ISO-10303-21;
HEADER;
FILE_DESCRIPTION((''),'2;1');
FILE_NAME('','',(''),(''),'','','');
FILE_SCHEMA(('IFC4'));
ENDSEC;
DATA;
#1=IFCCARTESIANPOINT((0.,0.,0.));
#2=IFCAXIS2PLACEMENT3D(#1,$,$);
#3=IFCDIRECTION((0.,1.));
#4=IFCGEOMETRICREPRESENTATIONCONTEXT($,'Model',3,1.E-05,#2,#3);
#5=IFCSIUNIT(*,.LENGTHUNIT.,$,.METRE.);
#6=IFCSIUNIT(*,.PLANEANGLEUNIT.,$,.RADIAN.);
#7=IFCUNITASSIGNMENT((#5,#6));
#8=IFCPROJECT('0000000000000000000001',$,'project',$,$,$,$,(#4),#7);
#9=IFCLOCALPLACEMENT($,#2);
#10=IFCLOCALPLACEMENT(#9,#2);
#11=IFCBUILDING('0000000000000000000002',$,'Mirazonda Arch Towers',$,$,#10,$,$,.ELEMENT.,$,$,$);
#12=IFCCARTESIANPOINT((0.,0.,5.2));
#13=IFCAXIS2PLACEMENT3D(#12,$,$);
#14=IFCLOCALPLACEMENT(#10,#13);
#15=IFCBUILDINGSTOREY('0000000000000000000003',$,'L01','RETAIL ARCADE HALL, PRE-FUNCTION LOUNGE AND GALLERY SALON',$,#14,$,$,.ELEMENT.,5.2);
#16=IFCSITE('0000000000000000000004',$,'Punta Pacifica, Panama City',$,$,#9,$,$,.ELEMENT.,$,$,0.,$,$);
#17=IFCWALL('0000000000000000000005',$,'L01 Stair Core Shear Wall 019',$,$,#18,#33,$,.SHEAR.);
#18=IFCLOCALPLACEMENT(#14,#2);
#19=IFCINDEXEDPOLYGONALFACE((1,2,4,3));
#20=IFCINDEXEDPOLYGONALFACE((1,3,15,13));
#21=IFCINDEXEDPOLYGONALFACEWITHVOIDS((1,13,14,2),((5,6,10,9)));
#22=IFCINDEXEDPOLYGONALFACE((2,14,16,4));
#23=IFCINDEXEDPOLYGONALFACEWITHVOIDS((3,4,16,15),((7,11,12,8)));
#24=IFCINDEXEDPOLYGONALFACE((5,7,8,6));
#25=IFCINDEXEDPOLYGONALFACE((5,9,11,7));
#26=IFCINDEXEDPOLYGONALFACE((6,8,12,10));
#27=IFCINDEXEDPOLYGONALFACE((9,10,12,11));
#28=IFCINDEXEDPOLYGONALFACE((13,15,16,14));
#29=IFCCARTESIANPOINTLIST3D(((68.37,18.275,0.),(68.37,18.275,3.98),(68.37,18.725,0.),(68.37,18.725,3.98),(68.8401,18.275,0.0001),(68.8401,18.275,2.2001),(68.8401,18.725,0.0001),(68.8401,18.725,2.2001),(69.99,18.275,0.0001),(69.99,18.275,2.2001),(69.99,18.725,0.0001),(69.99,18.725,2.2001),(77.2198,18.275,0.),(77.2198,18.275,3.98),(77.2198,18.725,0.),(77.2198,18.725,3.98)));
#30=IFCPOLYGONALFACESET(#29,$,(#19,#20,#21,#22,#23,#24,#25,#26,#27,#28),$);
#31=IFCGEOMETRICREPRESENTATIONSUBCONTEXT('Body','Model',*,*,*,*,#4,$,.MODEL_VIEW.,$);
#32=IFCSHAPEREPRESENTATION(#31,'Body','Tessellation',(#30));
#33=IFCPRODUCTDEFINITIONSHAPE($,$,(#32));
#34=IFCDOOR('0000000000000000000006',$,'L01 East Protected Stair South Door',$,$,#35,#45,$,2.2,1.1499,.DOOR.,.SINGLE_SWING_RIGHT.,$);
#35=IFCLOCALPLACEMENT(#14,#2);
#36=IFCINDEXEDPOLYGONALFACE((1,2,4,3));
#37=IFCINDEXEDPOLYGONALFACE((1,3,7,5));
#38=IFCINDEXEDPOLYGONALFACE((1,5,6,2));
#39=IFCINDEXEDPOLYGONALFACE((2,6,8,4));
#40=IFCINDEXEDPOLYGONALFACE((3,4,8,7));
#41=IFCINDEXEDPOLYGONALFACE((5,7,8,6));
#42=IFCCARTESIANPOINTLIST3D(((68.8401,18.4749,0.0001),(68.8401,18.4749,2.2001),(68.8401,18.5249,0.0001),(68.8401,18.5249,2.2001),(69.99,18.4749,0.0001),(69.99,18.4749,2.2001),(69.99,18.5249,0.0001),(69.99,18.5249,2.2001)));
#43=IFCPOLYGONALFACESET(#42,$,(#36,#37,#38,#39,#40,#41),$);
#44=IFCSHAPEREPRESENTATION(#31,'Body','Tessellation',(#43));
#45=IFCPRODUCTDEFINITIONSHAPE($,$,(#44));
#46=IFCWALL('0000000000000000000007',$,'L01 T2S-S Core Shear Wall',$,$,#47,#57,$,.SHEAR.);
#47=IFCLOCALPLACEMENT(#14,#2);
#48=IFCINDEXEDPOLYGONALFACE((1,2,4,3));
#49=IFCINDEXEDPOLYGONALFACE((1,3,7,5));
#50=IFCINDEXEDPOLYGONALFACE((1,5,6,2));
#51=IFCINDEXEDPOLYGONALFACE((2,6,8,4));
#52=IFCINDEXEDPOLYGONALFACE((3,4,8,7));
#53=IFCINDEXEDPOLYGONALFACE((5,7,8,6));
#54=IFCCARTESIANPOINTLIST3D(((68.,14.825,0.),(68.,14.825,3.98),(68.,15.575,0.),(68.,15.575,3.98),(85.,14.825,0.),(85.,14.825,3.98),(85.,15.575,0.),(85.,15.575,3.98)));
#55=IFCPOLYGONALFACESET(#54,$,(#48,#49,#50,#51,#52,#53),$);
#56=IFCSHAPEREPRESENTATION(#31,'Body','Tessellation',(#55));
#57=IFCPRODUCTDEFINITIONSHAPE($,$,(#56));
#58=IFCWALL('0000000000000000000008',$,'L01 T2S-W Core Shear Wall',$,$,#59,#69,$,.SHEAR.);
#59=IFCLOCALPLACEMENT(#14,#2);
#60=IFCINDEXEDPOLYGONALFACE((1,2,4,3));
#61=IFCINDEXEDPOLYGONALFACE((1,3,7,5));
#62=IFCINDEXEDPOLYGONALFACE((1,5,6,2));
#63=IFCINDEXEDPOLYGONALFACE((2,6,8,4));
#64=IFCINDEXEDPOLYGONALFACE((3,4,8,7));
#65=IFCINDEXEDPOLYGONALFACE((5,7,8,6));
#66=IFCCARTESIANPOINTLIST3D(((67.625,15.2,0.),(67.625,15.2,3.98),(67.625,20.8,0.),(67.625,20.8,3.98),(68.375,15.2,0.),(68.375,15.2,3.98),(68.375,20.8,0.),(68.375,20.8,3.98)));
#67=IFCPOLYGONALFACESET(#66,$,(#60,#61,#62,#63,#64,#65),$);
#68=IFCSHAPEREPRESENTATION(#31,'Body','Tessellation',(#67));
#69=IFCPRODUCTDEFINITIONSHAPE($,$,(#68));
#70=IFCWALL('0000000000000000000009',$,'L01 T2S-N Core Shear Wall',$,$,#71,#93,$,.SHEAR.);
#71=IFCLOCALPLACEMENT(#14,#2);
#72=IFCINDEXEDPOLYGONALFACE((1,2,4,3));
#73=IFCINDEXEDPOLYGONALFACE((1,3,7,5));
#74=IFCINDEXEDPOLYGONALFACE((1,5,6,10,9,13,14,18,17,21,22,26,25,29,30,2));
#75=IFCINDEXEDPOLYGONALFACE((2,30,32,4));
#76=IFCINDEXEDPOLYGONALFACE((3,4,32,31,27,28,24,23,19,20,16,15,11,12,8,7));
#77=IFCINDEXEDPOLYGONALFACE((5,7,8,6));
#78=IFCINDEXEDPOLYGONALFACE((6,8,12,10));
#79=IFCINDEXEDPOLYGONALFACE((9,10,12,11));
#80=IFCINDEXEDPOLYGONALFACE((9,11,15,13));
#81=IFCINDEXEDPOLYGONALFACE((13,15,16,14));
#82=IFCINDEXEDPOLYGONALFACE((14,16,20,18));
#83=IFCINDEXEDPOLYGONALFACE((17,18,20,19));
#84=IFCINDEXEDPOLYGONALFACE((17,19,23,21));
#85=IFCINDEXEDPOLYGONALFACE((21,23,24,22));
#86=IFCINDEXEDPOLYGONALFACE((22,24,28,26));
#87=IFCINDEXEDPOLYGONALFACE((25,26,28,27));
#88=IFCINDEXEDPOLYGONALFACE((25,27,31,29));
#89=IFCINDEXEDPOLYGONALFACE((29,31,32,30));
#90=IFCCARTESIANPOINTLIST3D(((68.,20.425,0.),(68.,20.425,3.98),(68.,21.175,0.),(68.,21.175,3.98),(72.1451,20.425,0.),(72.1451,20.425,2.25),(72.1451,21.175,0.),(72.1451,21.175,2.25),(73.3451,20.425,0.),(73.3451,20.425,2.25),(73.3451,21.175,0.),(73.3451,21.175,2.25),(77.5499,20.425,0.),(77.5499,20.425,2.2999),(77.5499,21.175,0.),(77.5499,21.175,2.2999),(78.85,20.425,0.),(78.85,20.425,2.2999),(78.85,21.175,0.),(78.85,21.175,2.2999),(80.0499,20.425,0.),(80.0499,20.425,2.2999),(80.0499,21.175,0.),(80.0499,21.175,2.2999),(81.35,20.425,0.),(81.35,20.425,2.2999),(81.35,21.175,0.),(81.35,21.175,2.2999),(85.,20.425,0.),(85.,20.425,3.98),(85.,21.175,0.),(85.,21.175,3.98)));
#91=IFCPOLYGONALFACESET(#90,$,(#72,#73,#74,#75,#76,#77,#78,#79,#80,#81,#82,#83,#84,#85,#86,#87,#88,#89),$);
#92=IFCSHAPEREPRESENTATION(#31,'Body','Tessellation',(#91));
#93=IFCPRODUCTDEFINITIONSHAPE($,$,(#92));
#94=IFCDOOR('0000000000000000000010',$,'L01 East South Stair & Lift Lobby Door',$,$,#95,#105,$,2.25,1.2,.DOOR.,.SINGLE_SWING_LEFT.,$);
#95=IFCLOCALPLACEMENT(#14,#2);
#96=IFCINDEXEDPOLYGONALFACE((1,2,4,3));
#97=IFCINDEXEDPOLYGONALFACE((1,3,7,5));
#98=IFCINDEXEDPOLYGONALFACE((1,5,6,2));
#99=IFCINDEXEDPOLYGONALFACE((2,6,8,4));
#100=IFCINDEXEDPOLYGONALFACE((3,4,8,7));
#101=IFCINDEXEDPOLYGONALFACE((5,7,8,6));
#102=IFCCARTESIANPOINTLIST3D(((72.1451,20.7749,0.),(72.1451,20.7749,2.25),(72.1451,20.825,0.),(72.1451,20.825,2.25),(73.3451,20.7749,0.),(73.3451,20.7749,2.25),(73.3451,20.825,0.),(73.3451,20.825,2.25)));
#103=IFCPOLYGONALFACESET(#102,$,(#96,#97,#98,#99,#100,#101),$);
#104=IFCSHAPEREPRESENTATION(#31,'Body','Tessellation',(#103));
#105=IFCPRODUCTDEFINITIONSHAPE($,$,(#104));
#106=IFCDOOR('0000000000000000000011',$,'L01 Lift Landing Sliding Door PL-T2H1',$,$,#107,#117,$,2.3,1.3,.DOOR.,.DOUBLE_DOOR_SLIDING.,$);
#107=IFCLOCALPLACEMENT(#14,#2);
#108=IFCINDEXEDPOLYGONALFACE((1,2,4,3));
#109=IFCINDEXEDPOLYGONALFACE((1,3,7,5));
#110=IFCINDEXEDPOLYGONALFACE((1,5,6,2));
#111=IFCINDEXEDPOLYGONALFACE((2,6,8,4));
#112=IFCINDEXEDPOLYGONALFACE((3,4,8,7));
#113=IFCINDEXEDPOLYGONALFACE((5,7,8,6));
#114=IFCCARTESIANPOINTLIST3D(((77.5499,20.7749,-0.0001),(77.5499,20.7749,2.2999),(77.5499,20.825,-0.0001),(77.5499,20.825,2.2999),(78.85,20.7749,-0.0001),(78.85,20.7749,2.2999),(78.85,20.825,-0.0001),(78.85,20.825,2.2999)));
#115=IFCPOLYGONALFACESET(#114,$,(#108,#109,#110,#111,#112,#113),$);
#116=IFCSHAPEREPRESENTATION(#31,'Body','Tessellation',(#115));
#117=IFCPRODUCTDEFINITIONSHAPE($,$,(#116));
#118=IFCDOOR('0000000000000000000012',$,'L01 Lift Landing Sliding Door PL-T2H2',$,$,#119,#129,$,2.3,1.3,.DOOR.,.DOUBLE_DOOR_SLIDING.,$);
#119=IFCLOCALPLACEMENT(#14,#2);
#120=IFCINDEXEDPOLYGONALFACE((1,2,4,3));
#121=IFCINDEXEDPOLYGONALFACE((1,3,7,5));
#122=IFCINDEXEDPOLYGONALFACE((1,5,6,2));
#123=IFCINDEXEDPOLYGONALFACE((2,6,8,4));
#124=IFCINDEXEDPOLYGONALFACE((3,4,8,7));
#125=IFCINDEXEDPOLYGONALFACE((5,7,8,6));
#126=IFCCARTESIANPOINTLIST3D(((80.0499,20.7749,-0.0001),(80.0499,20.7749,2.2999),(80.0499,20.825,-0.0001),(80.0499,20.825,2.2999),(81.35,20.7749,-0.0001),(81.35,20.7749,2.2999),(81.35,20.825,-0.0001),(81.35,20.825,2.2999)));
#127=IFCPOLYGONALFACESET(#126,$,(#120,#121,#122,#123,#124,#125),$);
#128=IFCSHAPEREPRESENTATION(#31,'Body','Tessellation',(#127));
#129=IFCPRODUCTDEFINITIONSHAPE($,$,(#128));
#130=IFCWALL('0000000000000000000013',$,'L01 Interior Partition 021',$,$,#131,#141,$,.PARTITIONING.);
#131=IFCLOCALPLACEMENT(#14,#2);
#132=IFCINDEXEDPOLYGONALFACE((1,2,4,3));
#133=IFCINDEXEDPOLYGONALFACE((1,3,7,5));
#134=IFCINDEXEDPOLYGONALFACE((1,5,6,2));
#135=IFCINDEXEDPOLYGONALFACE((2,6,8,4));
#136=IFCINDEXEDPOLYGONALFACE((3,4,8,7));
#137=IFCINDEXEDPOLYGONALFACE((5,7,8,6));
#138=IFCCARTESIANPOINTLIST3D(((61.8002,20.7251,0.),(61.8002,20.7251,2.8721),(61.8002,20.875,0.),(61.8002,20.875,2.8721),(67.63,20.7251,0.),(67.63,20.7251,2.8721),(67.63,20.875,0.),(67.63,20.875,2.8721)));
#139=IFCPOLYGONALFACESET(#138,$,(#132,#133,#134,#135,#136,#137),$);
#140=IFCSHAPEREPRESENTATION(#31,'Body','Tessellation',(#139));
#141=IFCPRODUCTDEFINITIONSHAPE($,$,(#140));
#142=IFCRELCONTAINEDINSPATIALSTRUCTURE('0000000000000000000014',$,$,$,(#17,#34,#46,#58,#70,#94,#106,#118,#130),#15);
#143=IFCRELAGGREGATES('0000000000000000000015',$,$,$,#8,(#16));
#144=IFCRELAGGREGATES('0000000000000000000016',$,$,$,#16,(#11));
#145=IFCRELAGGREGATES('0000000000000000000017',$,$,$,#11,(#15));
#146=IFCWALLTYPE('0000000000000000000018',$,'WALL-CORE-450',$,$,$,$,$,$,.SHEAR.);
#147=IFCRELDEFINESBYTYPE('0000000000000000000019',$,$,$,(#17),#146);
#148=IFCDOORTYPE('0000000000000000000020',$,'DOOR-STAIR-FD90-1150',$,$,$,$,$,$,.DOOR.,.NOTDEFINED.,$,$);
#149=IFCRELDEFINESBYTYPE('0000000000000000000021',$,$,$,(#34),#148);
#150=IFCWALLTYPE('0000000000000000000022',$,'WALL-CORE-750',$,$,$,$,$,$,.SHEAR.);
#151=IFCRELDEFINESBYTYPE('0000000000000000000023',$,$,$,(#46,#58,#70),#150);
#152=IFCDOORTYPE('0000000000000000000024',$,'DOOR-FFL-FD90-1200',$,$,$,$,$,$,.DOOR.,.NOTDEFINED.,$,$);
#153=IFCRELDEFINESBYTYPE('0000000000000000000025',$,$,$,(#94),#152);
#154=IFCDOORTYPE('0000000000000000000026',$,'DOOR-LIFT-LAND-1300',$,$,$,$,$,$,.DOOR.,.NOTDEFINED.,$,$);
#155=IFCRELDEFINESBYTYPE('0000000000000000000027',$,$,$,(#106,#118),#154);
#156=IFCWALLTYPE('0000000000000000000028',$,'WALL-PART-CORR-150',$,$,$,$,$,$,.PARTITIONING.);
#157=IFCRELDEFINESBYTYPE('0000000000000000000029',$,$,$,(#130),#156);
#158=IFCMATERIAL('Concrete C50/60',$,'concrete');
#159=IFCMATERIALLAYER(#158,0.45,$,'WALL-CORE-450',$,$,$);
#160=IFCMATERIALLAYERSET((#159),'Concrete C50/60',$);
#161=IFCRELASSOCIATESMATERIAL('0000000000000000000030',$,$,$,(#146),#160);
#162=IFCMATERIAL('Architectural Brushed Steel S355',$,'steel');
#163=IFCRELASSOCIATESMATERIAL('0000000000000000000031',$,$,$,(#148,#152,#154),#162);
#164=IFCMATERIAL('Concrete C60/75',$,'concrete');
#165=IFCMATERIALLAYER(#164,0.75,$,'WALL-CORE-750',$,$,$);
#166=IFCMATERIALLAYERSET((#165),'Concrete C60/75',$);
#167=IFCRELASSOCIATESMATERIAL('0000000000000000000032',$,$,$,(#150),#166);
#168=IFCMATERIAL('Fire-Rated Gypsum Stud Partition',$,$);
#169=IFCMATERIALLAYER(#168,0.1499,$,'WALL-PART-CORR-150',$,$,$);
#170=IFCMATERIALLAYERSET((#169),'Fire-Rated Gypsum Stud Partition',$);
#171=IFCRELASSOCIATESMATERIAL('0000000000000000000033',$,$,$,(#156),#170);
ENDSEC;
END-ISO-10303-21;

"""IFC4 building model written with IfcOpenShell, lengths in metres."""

from ifc_helpers import new_model, si_unit, direction, frame, frame_2d, origin, place, context, subcontext, project, spatial, rectangle, extrude, material, layer, layer_set, type_object, element, fill, save


model = new_model("IFC4")

# Units and contexts
model_context = context("Model", 3, precision=1e-05, world=origin(), true_north=direction((0.0, 1.0)))
body_context = subcontext(model_context, "Body", "Model", "MODEL_VIEW")
ifc_project = project(units=[si_unit("LENGTHUNIT", "METRE"), si_unit("PLANEANGLEUNIT", "RADIAN")], contexts=[model_context])

# Site, building, storey
site_placement = place(None, origin())
site = spatial("IfcSite", under=ifc_project, at=site_placement, Name="Punta Pacifica, Panama City", CompositionType="ELEMENT", RefElevation=0.0)
building_placement = place(site_placement, origin())
building = spatial("IfcBuilding", under=site, at=building_placement, Name="Mirazonda Arch Towers", CompositionType="ELEMENT")
storey_placement = place(building_placement, frame((0.0, 0.0, 5.2)))
storey = spatial("IfcBuildingStorey", under=building, at=storey_placement, Name="L01", Description="RETAIL ARCADE HALL, PRE-FUNCTION LOUNGE AND GALLERY SALON", CompositionType="ELEMENT", Elevation=5.2)

# Shared definitions
ifc_material_1 = material(Name="Concrete C60/75", Category="concrete")

# Wall, opening, door
ifc_material_2 = material(Name="Concrete C50/60", Category="concrete")
ifc_layer_1 = layer(ifc_material_2, 0.45, Name="WALL-CORE-450")
ifc_layer_set_1 = layer_set([ifc_layer_1], Name="Concrete C50/60")
wall_type_1 = type_object("IfcWallType", Name="WALL-CORE-450", PredefinedType="SHEAR", material=ifc_layer_set_1)
wall_1_placement = place(storey_placement, frame((68.3701, 18.5, 0.0), z_axis=(0.0, 0.0, 1.0), x_axis=(1.0, 0.0, 0.0)))
wall_1 = element("IfcWall", 1, at=wall_1_placement, inside=storey, type_object=wall_type_1, Name="L01 Stair Core Shear Wall 019", PredefinedType="SHEAR", context=body_context, shape_type="SweptSolid", body=[
    extrude(rectangle(XDim=8.8499, YDim=0.45, at=frame_2d((4.4248, 0.0))), origin(), (0.0, 0.0, 1.0), 3.98),
])
opening_1_placement = place(wall_1_placement, frame((0.47, 0.0, 0.0)))
opening_1 = element("IfcOpeningElement", 2, at=opening_1_placement, cuts=wall_1, PredefinedType="OPENING", context=body_context, shape_type="SweptSolid", body=[
    extrude(rectangle(XDim=1.1499, YDim=2.2, at=frame_2d((0.575, 1.1001))), frame((0.0, 0.2349, 0.0), z_axis=(0.0, -1.0, 0.0), x_axis=(1.0, 0.0, 0.0)), (0.0, 0.0, 1.0), 0.47),
])
ifc_material_3 = material(Name="Architectural Brushed Steel S355", Category="steel")
door_type_1 = type_object("IfcDoorType", Name="DOOR-STAIR-FD90-1150", OperationType="NOTDEFINED", PredefinedType="DOOR", material=ifc_material_3)
door_1_placement = place(opening_1_placement, origin())
door_1 = element("IfcDoor", 3, at=door_1_placement, inside=storey, type_object=door_type_1, Name="L01 East Protected Stair South Door", OperationType="SINGLE_SWING_RIGHT", OverallHeight=2.2, OverallWidth=1.1499, PredefinedType="DOOR", context=body_context, shape_type="SweptSolid", body=[
    extrude(rectangle(XDim=1.1499, YDim=2.2, at=frame_2d((0.575, 1.1001))), frame((0.0, 0.0249, 0.0), z_axis=(0.0, -1.0, 0.0), x_axis=(1.0, 0.0, 0.0)), (0.0, 0.0, 1.0), 0.05),
])
fill(opening_1, door_1)

# Walls
ifc_layer_2 = layer(ifc_material_1, 0.75, Name="WALL-CORE-750")
ifc_layer_set_2 = layer_set([ifc_layer_2], Name="Concrete C60/75")
wall_type_2 = type_object("IfcWallType", Name="WALL-CORE-750", PredefinedType="SHEAR", material=ifc_layer_set_2)
wall_2_placement = place(storey_placement, frame((68.0, 15.2, 0.0), z_axis=(0.0, 0.0, 1.0), x_axis=(1.0, 0.0, 0.0)))
element("IfcWall", 4, at=wall_2_placement, inside=storey, type_object=wall_type_2, Name="L01 T2S-S Core Shear Wall", PredefinedType="SHEAR", context=body_context, shape_type="SweptSolid", body=[
    extrude(rectangle(XDim=17.0, YDim=0.75, at=frame_2d((8.5, 0.0))), origin(), (0.0, 0.0, 1.0), 3.98),
])
wall_3_placement = place(storey_placement, frame((68.0, 15.2, 0.0), z_axis=(0.0, 0.0, 1.0), x_axis=(0.0, 1.0, 0.0)))
element("IfcWall", 5, at=wall_3_placement, inside=storey, type_object=wall_type_2, Name="L01 T2S-W Core Shear Wall", PredefinedType="SHEAR", context=body_context, shape_type="SweptSolid", body=[
    extrude(rectangle(XDim=5.6001, YDim=0.75, at=frame_2d((2.8, 0.0))), origin(), (0.0, 0.0, 1.0), 3.98),
])

# Wall, openings, doors
wall_4_placement = place(storey_placement, frame((68.0, 20.8, 0.0), z_axis=(0.0, 0.0, 1.0), x_axis=(1.0, 0.0, 0.0)))
wall_4 = element("IfcWall", 6, at=wall_4_placement, inside=storey, type_object=wall_type_2, Name="L01 T2S-N Core Shear Wall", PredefinedType="SHEAR", context=body_context, shape_type="SweptSolid", body=[
    extrude(rectangle(XDim=17.0, YDim=0.75, at=frame_2d((8.5, 0.0))), origin(), (0.0, 0.0, 1.0), 3.98),
])
opening_2_placement = place(wall_4_placement, frame((4.145, 0.0, 0.0)))
opening_2 = element("IfcOpeningElement", 7, at=opening_2_placement, cuts=wall_4, PredefinedType="OPENING", context=body_context, shape_type="SweptSolid", body=[
    extrude(rectangle(XDim=1.2, YDim=2.25, at=frame_2d((0.6001, 1.125))), frame((0.0, 0.385, 0.0), z_axis=(0.0, -1.0, 0.0), x_axis=(1.0, 0.0, 0.0)), (0.0, 0.0, 1.0), 0.77),
])
opening_3_placement = place(wall_4_placement, frame((9.55, 0.0, 0.0)))
opening_3 = element("IfcOpeningElement", 8, at=opening_3_placement, cuts=wall_4, PredefinedType="OPENING", context=body_context, shape_type="SweptSolid", body=[
    extrude(rectangle(XDim=1.3, YDim=2.3, at=frame_2d((0.6499, 1.1499))), frame((0.0, 0.385, 0.0), z_axis=(0.0, -1.0, 0.0), x_axis=(1.0, 0.0, 0.0)), (0.0, 0.0, 1.0), 0.77),
])
opening_4_placement = place(wall_4_placement, frame((12.05, 0.0, 0.0)))
opening_4 = element("IfcOpeningElement", 9, at=opening_4_placement, cuts=wall_4, PredefinedType="OPENING", context=body_context, shape_type="SweptSolid", body=[
    extrude(rectangle(XDim=1.3, YDim=2.3, at=frame_2d((0.6499, 1.1499))), frame((0.0, 0.385, 0.0), z_axis=(0.0, -1.0, 0.0), x_axis=(1.0, 0.0, 0.0)), (0.0, 0.0, 1.0), 0.77),
])
door_type_2 = type_object("IfcDoorType", Name="DOOR-FFL-FD90-1200", OperationType="NOTDEFINED", PredefinedType="DOOR", material=ifc_material_3)
door_2_placement = place(opening_2_placement, origin())
door_2 = element("IfcDoor", 10, at=door_2_placement, inside=storey, type_object=door_type_2, Name="L01 East South Stair & Lift Lobby Door", OperationType="SINGLE_SWING_LEFT", OverallHeight=2.25, OverallWidth=1.2, PredefinedType="DOOR", context=body_context, shape_type="SweptSolid", body=[
    extrude(rectangle(XDim=1.2, YDim=2.25, at=frame_2d((0.6001, 1.125))), frame((0.0, 0.0249, 0.0), z_axis=(0.0, -1.0, 0.0), x_axis=(1.0, 0.0, 0.0)), (0.0, 0.0, 1.0), 0.05),
])
fill(opening_2, door_2)
door_type_3 = type_object("IfcDoorType", Name="DOOR-LIFT-LAND-1300", OperationType="NOTDEFINED", PredefinedType="DOOR", material=ifc_material_3)
door_3_placement = place(opening_3_placement, origin())
door_3 = element("IfcDoor", 11, at=door_3_placement, inside=storey, type_object=door_type_3, Name="L01 Lift Landing Sliding Door PL-T2H1", OperationType="DOUBLE_DOOR_SLIDING", OverallHeight=2.3, OverallWidth=1.3, PredefinedType="DOOR", context=body_context, shape_type="SweptSolid", body=[
    extrude(rectangle(XDim=1.3, YDim=2.3, at=frame_2d((0.6499, 1.1499))), frame((0.0, 0.0249, 0.0), z_axis=(0.0, -1.0, 0.0), x_axis=(1.0, 0.0, 0.0)), (0.0, 0.0, 1.0), 0.05),
])
fill(opening_3, door_3)
door_4_placement = place(opening_4_placement, origin())
door_4 = element("IfcDoor", 12, at=door_4_placement, inside=storey, type_object=door_type_3, Name="L01 Lift Landing Sliding Door PL-T2H2", OperationType="DOUBLE_DOOR_SLIDING", OverallHeight=2.3, OverallWidth=1.3, PredefinedType="DOOR", context=body_context, shape_type="SweptSolid", body=[
    extrude(rectangle(XDim=1.3, YDim=2.3, at=frame_2d((0.6499, 1.1499))), frame((0.0, 0.0249, 0.0), z_axis=(0.0, -1.0, 0.0), x_axis=(1.0, 0.0, 0.0)), (0.0, 0.0, 1.0), 0.05),
])
fill(opening_4, door_4)

# Wall
ifc_material_4 = material(Name="Fire-Rated Gypsum Stud Partition")
ifc_layer_3 = layer(ifc_material_4, 0.1499, Name="WALL-PART-CORR-150")
ifc_layer_set_3 = layer_set([ifc_layer_3], Name="Fire-Rated Gypsum Stud Partition")
wall_type_3 = type_object("IfcWallType", Name="WALL-PART-CORR-150", PredefinedType="PARTITIONING", material=ifc_layer_set_3)
wall_5_placement = place(storey_placement, frame((61.8, 20.8, 0.0), z_axis=(0.0, 0.0, 1.0), x_axis=(1.0, 0.0, 0.0)))
element("IfcWall", 13, at=wall_5_placement, inside=storey, type_object=wall_type_3, Name="L01 Interior Partition 021", PredefinedType="PARTITIONING", context=body_context, shape_type="SweptSolid", body=[
    extrude(rectangle(XDim=5.8298, YDim=0.1499, at=frame_2d((2.915, 0.0))), origin(), (0.0, 0.0, 1.0), 2.8721),
])

save(model, "model.ifc")
